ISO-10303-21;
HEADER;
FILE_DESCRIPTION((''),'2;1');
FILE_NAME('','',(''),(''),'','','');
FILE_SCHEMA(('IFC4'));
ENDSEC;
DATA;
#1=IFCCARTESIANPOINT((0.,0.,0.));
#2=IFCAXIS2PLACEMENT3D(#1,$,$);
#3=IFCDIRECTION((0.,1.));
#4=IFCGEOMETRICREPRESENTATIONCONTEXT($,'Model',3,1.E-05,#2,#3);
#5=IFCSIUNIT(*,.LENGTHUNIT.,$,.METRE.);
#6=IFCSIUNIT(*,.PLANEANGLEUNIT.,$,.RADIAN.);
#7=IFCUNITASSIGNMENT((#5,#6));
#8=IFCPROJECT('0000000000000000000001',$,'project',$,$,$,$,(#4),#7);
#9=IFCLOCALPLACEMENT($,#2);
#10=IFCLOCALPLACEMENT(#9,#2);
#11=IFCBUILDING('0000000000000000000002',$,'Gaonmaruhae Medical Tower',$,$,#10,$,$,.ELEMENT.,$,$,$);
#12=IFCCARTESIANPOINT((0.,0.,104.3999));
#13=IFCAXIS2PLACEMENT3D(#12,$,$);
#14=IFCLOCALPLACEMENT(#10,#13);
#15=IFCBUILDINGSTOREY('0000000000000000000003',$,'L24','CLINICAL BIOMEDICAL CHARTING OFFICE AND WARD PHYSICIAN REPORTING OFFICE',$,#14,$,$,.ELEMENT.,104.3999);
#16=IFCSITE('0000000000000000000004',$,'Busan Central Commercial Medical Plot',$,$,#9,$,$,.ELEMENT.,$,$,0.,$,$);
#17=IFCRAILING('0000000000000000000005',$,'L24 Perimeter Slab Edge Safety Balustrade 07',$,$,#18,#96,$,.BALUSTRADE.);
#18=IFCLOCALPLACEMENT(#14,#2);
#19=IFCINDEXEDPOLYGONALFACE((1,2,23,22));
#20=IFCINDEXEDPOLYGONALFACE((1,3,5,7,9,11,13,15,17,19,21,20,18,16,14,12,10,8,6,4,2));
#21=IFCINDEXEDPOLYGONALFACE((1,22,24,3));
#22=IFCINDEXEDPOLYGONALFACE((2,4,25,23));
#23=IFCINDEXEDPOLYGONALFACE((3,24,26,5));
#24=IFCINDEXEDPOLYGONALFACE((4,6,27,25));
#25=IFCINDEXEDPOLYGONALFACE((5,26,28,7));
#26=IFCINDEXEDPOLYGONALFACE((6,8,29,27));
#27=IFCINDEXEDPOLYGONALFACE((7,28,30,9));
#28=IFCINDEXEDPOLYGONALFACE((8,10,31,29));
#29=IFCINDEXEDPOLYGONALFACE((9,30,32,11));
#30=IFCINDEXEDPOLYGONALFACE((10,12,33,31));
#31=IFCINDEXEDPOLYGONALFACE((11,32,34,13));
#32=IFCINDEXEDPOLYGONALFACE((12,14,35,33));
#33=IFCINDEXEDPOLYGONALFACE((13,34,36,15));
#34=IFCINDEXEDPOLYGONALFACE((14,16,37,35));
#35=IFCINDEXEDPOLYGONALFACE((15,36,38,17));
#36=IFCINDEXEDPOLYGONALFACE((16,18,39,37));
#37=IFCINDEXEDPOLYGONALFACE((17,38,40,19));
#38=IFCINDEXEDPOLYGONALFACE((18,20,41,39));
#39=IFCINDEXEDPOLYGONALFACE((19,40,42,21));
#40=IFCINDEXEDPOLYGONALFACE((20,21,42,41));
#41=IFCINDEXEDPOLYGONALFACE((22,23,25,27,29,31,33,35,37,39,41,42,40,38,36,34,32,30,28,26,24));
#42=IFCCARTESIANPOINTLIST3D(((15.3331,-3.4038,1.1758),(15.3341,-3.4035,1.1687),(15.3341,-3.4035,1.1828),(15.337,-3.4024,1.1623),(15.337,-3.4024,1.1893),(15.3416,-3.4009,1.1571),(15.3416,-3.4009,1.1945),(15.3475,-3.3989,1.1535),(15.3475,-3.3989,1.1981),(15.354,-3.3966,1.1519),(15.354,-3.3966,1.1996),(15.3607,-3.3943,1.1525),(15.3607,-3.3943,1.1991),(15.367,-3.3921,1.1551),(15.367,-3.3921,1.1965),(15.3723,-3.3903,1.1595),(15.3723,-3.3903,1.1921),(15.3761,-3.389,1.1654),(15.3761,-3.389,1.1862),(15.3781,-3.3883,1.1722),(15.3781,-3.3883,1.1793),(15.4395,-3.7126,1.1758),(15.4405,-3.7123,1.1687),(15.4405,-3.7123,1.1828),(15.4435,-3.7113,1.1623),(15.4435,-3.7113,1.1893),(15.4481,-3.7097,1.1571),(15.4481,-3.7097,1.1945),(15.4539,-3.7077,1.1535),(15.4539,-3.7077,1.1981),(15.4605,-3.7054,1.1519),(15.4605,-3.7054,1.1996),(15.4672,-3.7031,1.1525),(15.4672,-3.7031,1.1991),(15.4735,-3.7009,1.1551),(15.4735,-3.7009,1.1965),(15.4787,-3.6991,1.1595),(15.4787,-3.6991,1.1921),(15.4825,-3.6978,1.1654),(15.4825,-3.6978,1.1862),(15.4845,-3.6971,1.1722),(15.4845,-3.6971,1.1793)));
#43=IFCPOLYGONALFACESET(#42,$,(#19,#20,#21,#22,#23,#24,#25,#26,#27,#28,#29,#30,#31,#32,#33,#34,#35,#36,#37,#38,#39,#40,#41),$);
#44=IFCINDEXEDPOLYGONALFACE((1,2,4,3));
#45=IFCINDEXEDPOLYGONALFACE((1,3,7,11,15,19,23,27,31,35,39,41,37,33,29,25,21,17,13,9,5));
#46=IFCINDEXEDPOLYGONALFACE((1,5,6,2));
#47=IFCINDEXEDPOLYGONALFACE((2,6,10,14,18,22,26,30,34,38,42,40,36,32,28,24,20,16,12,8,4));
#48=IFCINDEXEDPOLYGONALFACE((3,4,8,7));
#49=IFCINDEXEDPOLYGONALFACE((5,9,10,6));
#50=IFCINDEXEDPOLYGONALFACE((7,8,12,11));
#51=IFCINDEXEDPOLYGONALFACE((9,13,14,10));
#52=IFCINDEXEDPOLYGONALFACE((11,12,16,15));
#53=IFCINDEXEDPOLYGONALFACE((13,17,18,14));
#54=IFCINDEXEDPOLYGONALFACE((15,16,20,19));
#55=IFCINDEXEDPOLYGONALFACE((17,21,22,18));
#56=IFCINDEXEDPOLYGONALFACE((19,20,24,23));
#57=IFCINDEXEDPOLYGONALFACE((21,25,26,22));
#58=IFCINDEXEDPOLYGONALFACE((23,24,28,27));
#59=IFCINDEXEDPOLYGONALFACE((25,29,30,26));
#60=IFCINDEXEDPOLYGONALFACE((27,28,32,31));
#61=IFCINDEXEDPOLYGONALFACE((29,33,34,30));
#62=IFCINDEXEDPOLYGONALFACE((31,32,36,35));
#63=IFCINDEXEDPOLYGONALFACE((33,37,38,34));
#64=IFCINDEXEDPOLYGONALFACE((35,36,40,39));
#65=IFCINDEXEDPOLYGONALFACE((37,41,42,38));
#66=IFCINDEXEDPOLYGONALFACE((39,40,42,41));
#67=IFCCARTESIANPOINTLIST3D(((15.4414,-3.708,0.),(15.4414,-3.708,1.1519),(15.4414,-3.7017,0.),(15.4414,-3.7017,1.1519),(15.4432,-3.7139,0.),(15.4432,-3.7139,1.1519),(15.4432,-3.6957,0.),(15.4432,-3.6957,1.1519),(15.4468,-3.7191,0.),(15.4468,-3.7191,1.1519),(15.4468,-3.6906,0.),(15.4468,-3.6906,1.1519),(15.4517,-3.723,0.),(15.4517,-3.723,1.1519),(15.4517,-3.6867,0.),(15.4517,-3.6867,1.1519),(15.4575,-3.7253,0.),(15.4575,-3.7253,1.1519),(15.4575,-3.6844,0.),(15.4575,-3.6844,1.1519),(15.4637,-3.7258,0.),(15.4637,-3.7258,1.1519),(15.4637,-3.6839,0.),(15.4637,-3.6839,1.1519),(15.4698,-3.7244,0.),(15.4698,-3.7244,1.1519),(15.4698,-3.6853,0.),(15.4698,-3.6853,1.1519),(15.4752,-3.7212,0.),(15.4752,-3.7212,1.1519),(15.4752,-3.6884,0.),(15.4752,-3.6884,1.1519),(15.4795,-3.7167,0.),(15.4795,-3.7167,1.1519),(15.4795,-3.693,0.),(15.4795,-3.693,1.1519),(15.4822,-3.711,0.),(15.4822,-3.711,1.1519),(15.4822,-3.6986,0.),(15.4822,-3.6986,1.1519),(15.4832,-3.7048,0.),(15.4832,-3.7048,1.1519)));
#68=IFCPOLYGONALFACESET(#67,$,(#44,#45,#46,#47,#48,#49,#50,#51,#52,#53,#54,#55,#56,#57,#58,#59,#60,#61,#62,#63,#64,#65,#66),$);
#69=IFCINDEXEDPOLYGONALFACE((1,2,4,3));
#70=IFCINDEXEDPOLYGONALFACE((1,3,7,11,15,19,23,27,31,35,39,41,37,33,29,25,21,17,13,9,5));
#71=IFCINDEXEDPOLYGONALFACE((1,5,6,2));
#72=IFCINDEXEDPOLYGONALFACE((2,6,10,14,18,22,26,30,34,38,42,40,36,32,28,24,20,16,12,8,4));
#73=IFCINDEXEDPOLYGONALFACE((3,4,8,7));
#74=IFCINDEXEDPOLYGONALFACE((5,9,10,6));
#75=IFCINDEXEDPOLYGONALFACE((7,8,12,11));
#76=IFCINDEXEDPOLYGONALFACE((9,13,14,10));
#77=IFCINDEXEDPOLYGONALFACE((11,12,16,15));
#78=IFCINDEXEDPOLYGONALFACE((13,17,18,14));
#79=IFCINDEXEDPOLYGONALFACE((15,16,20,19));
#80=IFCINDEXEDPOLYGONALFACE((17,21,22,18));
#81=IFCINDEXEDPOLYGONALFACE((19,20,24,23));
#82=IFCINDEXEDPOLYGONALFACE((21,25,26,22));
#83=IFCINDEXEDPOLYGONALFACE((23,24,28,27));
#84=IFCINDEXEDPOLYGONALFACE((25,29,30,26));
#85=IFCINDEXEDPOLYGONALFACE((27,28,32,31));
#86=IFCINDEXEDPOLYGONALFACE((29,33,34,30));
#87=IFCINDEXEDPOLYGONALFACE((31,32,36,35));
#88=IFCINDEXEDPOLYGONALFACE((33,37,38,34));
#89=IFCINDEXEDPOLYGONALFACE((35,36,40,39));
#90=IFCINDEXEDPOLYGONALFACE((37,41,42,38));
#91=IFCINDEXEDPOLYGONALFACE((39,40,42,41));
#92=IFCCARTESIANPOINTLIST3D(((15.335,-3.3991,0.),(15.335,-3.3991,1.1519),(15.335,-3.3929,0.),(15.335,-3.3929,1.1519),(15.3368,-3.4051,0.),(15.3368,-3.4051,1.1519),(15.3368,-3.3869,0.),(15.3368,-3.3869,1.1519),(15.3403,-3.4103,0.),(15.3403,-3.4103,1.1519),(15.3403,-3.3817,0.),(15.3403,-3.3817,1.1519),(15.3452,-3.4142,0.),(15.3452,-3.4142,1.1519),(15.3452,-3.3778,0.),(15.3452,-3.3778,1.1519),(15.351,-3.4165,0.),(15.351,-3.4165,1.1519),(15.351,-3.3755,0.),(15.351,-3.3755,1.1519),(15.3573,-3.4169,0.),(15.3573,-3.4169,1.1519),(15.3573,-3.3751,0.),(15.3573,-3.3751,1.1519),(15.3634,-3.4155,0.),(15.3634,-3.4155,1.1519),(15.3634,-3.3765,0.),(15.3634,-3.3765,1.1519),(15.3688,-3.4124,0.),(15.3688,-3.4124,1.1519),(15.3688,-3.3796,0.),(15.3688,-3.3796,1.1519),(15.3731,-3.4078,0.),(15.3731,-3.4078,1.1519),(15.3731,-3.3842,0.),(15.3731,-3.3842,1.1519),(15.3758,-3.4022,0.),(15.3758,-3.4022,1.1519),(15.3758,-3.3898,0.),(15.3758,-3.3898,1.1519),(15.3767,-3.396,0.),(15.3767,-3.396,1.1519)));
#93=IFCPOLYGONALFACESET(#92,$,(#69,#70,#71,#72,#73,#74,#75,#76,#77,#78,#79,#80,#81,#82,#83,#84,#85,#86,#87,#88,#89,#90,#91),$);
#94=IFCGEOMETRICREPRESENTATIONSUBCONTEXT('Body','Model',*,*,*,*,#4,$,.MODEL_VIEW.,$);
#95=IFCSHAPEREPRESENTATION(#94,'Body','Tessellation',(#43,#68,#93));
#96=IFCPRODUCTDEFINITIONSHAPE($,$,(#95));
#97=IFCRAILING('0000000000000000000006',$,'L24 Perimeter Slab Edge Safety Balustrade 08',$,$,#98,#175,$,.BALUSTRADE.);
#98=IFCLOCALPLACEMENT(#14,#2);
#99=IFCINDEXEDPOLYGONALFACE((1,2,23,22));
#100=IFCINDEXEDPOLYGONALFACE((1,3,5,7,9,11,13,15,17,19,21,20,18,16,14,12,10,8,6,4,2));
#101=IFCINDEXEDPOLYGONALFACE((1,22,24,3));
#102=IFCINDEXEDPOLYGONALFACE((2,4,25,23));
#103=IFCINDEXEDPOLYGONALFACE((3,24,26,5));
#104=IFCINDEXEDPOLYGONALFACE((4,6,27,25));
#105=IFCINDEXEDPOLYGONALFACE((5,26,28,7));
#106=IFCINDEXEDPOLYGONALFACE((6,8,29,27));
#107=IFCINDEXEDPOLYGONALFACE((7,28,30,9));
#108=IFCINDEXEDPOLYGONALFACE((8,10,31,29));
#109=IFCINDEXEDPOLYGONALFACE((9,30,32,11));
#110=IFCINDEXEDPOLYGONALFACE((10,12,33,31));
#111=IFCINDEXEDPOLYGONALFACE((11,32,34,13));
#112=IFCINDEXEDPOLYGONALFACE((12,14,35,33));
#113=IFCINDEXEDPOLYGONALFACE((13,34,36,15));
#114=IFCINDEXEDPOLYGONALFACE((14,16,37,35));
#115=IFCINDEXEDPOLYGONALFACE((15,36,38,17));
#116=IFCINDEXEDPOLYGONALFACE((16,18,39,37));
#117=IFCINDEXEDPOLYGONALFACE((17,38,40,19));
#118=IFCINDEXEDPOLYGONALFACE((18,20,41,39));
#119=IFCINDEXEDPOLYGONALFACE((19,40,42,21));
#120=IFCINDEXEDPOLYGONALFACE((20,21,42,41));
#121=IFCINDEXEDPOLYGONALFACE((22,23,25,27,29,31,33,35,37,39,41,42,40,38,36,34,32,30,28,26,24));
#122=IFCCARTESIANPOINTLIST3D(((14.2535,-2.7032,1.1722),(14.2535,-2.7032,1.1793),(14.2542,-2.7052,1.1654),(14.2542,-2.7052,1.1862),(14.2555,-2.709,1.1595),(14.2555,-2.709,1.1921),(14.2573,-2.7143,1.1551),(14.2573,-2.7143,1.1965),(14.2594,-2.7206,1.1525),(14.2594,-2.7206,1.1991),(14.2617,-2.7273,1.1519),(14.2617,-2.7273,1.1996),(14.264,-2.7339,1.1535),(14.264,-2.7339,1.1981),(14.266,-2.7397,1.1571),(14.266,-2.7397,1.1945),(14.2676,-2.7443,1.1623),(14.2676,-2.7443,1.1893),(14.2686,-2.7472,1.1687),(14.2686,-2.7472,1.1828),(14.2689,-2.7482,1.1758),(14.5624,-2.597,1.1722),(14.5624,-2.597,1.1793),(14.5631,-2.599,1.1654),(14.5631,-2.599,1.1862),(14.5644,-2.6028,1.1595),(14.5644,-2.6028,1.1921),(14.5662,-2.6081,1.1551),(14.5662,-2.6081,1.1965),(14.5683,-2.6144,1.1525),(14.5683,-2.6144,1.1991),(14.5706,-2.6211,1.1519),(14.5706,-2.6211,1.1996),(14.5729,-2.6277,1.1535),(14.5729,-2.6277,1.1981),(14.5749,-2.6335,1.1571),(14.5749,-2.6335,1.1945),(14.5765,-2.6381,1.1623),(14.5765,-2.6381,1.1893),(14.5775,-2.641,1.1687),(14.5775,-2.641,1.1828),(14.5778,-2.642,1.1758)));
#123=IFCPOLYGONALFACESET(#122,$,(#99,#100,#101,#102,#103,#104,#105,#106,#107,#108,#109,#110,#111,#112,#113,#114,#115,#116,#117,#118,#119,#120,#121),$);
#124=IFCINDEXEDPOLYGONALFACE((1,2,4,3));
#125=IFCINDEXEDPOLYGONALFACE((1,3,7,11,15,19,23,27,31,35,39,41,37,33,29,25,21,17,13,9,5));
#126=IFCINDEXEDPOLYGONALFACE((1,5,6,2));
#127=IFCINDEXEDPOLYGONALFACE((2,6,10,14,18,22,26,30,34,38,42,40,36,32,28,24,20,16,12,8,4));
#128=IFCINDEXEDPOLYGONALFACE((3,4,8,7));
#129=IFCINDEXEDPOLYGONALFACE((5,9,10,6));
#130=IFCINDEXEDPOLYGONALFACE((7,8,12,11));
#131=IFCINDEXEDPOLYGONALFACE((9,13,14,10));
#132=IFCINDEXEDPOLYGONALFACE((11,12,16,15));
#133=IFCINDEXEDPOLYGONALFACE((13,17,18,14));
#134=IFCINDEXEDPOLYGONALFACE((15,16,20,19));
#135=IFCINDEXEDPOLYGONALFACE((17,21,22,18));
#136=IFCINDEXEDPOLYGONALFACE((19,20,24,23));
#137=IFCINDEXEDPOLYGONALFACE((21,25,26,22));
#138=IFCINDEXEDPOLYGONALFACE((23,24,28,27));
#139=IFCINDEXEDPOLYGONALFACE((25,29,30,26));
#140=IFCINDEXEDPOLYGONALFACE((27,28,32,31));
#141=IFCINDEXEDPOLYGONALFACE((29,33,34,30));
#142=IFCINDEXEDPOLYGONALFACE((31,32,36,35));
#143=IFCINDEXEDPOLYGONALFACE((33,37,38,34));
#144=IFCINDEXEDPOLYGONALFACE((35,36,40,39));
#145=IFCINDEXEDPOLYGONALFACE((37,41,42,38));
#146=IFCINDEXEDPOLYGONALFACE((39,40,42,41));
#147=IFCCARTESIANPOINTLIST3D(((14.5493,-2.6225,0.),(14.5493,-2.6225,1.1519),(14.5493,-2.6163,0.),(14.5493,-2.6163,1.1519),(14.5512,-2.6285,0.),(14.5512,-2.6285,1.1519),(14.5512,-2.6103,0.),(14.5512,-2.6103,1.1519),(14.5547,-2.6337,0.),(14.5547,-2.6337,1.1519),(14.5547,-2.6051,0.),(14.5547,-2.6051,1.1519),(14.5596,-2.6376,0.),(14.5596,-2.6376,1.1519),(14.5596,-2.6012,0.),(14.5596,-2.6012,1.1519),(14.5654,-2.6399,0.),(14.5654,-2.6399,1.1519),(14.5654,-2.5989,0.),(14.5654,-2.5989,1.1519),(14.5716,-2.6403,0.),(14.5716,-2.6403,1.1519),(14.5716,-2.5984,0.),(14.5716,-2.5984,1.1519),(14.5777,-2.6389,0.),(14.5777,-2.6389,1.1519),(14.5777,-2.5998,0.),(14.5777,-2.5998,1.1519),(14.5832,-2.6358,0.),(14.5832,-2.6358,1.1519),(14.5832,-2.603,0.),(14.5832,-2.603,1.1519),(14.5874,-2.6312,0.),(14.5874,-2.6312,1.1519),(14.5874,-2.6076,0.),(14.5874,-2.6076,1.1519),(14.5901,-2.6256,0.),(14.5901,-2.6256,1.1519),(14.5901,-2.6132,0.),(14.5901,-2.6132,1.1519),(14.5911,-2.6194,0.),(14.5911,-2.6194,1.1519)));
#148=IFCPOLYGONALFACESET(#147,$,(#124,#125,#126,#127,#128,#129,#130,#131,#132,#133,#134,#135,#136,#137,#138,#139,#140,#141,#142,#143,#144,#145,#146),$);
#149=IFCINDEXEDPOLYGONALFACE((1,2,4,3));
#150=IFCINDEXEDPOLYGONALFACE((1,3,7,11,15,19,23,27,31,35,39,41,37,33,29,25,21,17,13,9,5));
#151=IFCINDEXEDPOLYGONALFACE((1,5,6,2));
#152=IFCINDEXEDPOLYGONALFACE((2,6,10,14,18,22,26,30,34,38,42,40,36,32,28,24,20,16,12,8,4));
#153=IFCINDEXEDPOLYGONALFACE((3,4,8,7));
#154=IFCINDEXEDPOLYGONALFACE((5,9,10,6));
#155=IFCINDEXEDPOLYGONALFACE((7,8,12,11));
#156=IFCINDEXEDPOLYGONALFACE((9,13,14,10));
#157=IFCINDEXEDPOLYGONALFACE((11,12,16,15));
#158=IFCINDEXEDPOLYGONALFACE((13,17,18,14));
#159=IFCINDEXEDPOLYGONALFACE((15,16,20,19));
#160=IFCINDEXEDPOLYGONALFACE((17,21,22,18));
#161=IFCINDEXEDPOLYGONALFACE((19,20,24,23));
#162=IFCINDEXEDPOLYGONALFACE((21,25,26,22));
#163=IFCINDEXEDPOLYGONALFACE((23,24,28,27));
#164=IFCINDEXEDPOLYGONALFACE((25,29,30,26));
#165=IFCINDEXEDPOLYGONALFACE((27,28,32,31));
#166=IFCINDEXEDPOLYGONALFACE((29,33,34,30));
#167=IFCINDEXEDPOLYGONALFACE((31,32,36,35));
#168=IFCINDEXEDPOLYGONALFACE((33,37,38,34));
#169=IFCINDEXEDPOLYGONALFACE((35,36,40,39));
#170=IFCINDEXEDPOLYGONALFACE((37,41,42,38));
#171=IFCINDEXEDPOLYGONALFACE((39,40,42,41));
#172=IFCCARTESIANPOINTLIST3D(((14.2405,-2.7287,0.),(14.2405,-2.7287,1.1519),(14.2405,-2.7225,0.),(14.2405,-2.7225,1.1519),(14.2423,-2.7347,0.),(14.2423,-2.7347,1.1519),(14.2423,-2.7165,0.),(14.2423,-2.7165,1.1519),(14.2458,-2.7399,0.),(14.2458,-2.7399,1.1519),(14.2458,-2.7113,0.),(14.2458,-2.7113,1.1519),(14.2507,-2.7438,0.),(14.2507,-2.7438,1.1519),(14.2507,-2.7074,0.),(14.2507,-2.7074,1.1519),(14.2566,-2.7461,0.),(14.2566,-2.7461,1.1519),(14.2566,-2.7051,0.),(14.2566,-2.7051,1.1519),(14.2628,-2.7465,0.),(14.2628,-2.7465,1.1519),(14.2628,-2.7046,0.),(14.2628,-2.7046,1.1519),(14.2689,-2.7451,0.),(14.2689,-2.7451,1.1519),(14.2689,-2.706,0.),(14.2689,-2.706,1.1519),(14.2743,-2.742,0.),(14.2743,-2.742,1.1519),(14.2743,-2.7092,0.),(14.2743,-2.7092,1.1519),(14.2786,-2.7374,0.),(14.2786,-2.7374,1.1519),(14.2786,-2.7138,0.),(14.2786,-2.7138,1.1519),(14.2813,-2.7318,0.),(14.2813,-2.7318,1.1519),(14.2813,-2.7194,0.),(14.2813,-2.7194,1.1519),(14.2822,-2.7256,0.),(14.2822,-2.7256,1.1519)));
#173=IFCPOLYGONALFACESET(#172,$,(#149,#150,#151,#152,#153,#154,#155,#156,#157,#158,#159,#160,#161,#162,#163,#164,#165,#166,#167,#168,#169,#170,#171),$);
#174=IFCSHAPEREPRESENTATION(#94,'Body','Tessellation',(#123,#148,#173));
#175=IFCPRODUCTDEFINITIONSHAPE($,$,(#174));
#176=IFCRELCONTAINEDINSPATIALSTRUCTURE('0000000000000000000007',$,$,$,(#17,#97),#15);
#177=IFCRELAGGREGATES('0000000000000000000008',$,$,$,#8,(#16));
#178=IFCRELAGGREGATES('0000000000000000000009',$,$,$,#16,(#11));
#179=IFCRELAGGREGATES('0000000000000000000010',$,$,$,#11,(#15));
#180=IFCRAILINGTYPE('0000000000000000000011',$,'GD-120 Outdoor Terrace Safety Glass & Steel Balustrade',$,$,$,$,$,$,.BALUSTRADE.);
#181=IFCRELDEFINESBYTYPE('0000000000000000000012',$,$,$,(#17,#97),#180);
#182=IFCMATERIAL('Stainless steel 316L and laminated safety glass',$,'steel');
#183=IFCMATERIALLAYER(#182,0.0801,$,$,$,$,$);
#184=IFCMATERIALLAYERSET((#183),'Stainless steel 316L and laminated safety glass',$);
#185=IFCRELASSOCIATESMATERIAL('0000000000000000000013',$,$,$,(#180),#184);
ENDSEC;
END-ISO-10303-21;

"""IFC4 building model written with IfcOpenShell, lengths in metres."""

from ifc_helpers import new_model, si_unit, direction, frame, origin, origin_2d, place, context, subcontext, project, spatial, circle, extrude, material, layer, layer_set, type_object, element, save


model = new_model("IFC4")

# Units and contexts
model_context = context("Model", 3, precision=1e-05, world=origin(), true_north=direction((0.0, 1.0)))
body_context = subcontext(model_context, "Body", "Model", "MODEL_VIEW")
ifc_project = project(units=[si_unit("LENGTHUNIT", "METRE"), si_unit("PLANEANGLEUNIT", "RADIAN")], contexts=[model_context])

# Site, building, storey
site_placement = place(None, origin())
site = spatial("IfcSite", under=ifc_project, at=site_placement, Name="Busan Central Commercial Medical Plot", CompositionType="ELEMENT", RefElevation=0.0)
building_placement = place(site_placement, origin())
building = spatial("IfcBuilding", under=site, at=building_placement, Name="Gaonmaruhae Medical Tower", CompositionType="ELEMENT")
storey_placement = place(building_placement, frame((0.0, 0.0, 104.3999)))
storey = spatial("IfcBuildingStorey", under=building, at=storey_placement, Name="L24", Description="CLINICAL BIOMEDICAL CHARTING OFFICE AND WARD PHYSICIAN REPORTING OFFICE", CompositionType="ELEMENT", Elevation=104.3999)

# Railings
ifc_material_1 = material(Name="Stainless steel 316L and laminated safety glass", Category="steel")
ifc_layer_1 = layer(ifc_material_1, 0.0801)
ifc_layer_set_1 = layer_set([ifc_layer_1], Name="Stainless steel 316L and laminated safety glass")
railing_type_1 = type_object("IfcRailingType", Name="GD-120 Outdoor Terrace Safety Glass & Steel Balustrade", PredefinedType="BALUSTRADE", material=ifc_layer_set_1)
railing_1_placement = place(storey_placement, frame((15.4622, -3.7048, 0.0)))
element("IfcRailing", 1, at=railing_1_placement, inside=storey, type_object=railing_type_1, Name="L24 Perimeter Slab Edge Safety Balustrade 07", PredefinedType="BALUSTRADE", context=body_context, shape_type="SweptSolid", body=[
    extrude(circle(Radius=0.0239, at=origin_2d()), frame((0.0, 0.0, 1.1758), z_axis=(-0.325852, 0.945421, 0.0), x_axis=(-0.945421, -0.325852, 0.0)), (0.0, 0.0, 1.0), 0.3267),
    extrude(circle(Radius=0.021, at=origin_2d()), origin(), (0.0, 0.0, 1.0), 1.1519),
    extrude(circle(Radius=0.021, at=origin_2d()), frame((-0.1064, 0.3088, 0.0)), (0.0, 0.0, 1.0), 1.1519),
])
railing_2_placement = place(storey_placement, frame((14.5701, -2.6194, 0.0)))
element("IfcRailing", 2, at=railing_2_placement, inside=storey, type_object=railing_type_1, Name="L24 Perimeter Slab Edge Safety Balustrade 08", PredefinedType="BALUSTRADE", context=body_context, shape_type="SweptSolid", body=[
    extrude(circle(Radius=0.0239, at=origin_2d()), frame((0.0, 0.0, 1.1758), z_axis=(-0.945651, -0.325184, 0.0), x_axis=(0.325184, -0.945651, 0.0)), (0.0, 0.0, 1.0), 0.3267),
    extrude(circle(Radius=0.021, at=origin_2d()), origin(), (0.0, 0.0, 1.0), 1.1519),
    extrude(circle(Radius=0.021, at=origin_2d()), frame((-0.3088, -0.1062, 0.0)), (0.0, 0.0, 1.0), 1.1519),
])

save(model, "model.ifc")
